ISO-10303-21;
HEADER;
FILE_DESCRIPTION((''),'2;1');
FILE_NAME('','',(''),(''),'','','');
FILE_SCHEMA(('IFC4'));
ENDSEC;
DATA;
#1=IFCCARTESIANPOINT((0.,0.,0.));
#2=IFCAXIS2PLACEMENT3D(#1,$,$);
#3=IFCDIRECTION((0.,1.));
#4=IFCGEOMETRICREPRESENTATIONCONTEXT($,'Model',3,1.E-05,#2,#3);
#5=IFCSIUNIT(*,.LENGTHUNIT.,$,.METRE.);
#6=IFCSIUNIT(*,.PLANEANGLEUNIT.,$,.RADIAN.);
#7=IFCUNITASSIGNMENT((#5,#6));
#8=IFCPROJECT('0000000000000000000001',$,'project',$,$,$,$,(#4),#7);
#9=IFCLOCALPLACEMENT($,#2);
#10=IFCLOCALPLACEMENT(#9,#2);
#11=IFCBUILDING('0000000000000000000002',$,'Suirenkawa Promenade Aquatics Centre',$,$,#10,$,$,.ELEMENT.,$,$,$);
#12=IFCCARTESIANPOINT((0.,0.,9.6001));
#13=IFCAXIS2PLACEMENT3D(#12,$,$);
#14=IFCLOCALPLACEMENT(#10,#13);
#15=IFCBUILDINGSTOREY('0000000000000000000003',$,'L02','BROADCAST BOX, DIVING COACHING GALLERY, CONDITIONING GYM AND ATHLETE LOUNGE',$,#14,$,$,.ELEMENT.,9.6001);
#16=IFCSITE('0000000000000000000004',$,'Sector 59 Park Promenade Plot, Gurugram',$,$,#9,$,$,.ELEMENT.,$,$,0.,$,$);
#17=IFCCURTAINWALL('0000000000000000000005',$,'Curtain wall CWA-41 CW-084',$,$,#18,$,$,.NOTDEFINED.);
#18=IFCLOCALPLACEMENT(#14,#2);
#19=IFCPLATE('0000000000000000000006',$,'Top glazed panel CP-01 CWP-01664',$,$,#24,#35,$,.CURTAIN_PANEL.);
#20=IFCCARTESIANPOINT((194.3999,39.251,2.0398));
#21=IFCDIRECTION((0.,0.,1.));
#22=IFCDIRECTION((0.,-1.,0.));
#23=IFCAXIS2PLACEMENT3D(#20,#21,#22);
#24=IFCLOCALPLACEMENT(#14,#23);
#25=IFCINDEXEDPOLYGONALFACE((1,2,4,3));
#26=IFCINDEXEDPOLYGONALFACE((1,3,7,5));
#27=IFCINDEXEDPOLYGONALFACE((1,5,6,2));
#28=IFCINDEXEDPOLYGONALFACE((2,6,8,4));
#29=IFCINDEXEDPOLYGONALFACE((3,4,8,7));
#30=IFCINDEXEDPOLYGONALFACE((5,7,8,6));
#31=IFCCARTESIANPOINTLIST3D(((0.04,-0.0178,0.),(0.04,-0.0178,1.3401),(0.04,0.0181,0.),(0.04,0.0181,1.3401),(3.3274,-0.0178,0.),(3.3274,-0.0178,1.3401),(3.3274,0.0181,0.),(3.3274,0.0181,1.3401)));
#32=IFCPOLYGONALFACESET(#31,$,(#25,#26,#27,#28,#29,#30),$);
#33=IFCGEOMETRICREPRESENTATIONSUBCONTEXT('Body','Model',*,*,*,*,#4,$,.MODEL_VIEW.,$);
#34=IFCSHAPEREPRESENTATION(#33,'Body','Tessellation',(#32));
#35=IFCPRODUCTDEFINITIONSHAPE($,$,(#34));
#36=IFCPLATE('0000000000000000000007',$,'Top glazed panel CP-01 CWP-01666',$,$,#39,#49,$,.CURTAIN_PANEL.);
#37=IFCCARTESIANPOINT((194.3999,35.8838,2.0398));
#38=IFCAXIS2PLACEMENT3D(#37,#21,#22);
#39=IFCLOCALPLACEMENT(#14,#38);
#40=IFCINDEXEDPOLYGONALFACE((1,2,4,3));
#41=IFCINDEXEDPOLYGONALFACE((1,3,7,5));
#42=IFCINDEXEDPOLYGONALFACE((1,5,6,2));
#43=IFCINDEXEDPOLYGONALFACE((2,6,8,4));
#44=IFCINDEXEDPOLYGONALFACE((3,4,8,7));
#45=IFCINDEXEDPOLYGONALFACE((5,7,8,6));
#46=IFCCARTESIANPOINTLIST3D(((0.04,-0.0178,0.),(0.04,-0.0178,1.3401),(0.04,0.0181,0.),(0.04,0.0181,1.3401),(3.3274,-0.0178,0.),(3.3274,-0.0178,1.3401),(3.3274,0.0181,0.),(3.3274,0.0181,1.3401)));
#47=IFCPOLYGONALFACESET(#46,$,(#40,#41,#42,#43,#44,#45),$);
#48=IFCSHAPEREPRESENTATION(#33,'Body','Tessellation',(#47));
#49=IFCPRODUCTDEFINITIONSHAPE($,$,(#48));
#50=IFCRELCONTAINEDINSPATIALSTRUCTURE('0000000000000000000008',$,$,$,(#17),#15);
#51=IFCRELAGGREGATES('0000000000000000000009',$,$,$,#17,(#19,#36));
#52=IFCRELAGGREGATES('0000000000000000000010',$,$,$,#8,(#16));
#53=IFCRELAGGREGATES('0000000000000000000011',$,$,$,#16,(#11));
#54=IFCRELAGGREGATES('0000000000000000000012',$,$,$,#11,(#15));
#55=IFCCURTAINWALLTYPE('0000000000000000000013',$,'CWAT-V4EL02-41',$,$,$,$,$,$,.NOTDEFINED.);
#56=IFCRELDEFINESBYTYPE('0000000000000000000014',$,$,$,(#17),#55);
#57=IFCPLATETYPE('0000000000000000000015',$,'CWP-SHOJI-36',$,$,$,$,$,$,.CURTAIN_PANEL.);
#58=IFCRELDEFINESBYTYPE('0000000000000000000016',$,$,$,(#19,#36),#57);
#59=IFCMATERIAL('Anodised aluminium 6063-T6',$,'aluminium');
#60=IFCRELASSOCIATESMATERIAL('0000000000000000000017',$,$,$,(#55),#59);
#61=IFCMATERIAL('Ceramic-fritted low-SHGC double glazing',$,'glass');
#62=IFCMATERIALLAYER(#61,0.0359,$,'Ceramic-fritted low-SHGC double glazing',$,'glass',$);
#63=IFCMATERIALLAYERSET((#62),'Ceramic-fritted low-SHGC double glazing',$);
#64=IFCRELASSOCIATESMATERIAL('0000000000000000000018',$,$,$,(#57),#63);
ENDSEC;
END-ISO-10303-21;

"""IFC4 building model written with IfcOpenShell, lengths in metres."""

from ifc_helpers import new_model, si_unit, direction, frame, origin, place, context, subcontext, project, spatial, polyline, outline, extrude, material, layer, layer_set, type_object, element, aggregate, save


model = new_model("IFC4")

# Units and contexts
model_context = context("Model", 3, precision=1e-05, world=origin(), true_north=direction((0.0, 1.0)))
body_context = subcontext(model_context, "Body", "Model", "MODEL_VIEW")
ifc_project = project(units=[si_unit("LENGTHUNIT", "METRE"), si_unit("PLANEANGLEUNIT", "RADIAN")], contexts=[model_context])

# Site, building, storey
site_placement = place(None, origin())
site = spatial("IfcSite", under=ifc_project, at=site_placement, Name="Sector 59 Park Promenade Plot, Gurugram", CompositionType="ELEMENT", RefElevation=0.0)
building_placement = place(site_placement, origin())
building = spatial("IfcBuilding", under=site, at=building_placement, Name="Suirenkawa Promenade Aquatics Centre", CompositionType="ELEMENT")
storey_placement = place(building_placement, frame((0.0, 0.0, 9.6001)))
storey = spatial("IfcBuildingStorey", under=building, at=storey_placement, Name="L02", Description="BROADCAST BOX, DIVING COACHING GALLERY, CONDITIONING GYM AND ATHLETE LOUNGE", CompositionType="ELEMENT", Elevation=9.6001)

# Curtain wall, plates
ifc_material_1 = material(Name="Anodised aluminium 6063-T6", Category="aluminium")
curtain_wall_type = type_object("IfcCurtainWallType", Name="CWAT-V4EL02-41", PredefinedType="NOTDEFINED", material=ifc_material_1)
curtain_wall_placement = place(storey_placement, origin())
curtain_wall = element("IfcCurtainWall", 1, at=curtain_wall_placement, inside=storey, type_object=curtain_wall_type, Name="Curtain wall CWA-41 CW-084", PredefinedType="NOTDEFINED")
ifc_material_2 = material(Name="Ceramic-fritted low-SHGC double glazing", Category="glass")
ifc_layer = layer(ifc_material_2, 0.0359, Name="Ceramic-fritted low-SHGC double glazing", Category="glass")
ifc_layer_set = layer_set([ifc_layer], Name="Ceramic-fritted low-SHGC double glazing")
plate_type = type_object("IfcPlateType", Name="CWP-SHOJI-36", PredefinedType="CURTAIN_PANEL", material=ifc_layer_set)
plate_1_placement = place(storey_placement, frame((194.3999, 39.251, 2.0398), z_axis=(0.0, 0.0, 1.0), x_axis=(0.0, -1.0, 0.0)))
plate_1 = element("IfcPlate", 2, at=plate_1_placement, type_object=plate_type, Name="Top glazed panel CP-01 CWP-01664", PredefinedType="CURTAIN_PANEL", context=body_context, shape_type="SweptSolid", body=[
    extrude(outline(polyline([(0.04, 0.0), (3.3274, 0.0), (3.3274, 1.3401), (0.04, 1.3401), (0.04, 0.0)])), frame((0.0, 0.0181, 0.0), z_axis=(0.0, -1.0, 0.0), x_axis=(1.0, 0.0, 0.0)), (0.0, 0.0, 1.0), 0.0359),
])
plate_2_placement = place(storey_placement, frame((194.3999, 35.8838, 2.0398), z_axis=(0.0, 0.0, 1.0), x_axis=(0.0, -1.0, 0.0)))
plate_2 = element("IfcPlate", 3, at=plate_2_placement, type_object=plate_type, Name="Top glazed panel CP-01 CWP-01666", PredefinedType="CURTAIN_PANEL", context=body_context, shape_type="SweptSolid", body=[
    extrude(outline(polyline([(0.04, 0.0), (3.3274, 0.0), (3.3274, 1.3401), (0.04, 1.3401), (0.04, 0.0)])), frame((0.0, 0.0181, 0.0), z_axis=(0.0, -1.0, 0.0), x_axis=(1.0, 0.0, 0.0)), (0.0, 0.0, 1.0), 0.0359),
])
aggregate(curtain_wall, [plate_1, plate_2])

save(model, "model.ifc")
